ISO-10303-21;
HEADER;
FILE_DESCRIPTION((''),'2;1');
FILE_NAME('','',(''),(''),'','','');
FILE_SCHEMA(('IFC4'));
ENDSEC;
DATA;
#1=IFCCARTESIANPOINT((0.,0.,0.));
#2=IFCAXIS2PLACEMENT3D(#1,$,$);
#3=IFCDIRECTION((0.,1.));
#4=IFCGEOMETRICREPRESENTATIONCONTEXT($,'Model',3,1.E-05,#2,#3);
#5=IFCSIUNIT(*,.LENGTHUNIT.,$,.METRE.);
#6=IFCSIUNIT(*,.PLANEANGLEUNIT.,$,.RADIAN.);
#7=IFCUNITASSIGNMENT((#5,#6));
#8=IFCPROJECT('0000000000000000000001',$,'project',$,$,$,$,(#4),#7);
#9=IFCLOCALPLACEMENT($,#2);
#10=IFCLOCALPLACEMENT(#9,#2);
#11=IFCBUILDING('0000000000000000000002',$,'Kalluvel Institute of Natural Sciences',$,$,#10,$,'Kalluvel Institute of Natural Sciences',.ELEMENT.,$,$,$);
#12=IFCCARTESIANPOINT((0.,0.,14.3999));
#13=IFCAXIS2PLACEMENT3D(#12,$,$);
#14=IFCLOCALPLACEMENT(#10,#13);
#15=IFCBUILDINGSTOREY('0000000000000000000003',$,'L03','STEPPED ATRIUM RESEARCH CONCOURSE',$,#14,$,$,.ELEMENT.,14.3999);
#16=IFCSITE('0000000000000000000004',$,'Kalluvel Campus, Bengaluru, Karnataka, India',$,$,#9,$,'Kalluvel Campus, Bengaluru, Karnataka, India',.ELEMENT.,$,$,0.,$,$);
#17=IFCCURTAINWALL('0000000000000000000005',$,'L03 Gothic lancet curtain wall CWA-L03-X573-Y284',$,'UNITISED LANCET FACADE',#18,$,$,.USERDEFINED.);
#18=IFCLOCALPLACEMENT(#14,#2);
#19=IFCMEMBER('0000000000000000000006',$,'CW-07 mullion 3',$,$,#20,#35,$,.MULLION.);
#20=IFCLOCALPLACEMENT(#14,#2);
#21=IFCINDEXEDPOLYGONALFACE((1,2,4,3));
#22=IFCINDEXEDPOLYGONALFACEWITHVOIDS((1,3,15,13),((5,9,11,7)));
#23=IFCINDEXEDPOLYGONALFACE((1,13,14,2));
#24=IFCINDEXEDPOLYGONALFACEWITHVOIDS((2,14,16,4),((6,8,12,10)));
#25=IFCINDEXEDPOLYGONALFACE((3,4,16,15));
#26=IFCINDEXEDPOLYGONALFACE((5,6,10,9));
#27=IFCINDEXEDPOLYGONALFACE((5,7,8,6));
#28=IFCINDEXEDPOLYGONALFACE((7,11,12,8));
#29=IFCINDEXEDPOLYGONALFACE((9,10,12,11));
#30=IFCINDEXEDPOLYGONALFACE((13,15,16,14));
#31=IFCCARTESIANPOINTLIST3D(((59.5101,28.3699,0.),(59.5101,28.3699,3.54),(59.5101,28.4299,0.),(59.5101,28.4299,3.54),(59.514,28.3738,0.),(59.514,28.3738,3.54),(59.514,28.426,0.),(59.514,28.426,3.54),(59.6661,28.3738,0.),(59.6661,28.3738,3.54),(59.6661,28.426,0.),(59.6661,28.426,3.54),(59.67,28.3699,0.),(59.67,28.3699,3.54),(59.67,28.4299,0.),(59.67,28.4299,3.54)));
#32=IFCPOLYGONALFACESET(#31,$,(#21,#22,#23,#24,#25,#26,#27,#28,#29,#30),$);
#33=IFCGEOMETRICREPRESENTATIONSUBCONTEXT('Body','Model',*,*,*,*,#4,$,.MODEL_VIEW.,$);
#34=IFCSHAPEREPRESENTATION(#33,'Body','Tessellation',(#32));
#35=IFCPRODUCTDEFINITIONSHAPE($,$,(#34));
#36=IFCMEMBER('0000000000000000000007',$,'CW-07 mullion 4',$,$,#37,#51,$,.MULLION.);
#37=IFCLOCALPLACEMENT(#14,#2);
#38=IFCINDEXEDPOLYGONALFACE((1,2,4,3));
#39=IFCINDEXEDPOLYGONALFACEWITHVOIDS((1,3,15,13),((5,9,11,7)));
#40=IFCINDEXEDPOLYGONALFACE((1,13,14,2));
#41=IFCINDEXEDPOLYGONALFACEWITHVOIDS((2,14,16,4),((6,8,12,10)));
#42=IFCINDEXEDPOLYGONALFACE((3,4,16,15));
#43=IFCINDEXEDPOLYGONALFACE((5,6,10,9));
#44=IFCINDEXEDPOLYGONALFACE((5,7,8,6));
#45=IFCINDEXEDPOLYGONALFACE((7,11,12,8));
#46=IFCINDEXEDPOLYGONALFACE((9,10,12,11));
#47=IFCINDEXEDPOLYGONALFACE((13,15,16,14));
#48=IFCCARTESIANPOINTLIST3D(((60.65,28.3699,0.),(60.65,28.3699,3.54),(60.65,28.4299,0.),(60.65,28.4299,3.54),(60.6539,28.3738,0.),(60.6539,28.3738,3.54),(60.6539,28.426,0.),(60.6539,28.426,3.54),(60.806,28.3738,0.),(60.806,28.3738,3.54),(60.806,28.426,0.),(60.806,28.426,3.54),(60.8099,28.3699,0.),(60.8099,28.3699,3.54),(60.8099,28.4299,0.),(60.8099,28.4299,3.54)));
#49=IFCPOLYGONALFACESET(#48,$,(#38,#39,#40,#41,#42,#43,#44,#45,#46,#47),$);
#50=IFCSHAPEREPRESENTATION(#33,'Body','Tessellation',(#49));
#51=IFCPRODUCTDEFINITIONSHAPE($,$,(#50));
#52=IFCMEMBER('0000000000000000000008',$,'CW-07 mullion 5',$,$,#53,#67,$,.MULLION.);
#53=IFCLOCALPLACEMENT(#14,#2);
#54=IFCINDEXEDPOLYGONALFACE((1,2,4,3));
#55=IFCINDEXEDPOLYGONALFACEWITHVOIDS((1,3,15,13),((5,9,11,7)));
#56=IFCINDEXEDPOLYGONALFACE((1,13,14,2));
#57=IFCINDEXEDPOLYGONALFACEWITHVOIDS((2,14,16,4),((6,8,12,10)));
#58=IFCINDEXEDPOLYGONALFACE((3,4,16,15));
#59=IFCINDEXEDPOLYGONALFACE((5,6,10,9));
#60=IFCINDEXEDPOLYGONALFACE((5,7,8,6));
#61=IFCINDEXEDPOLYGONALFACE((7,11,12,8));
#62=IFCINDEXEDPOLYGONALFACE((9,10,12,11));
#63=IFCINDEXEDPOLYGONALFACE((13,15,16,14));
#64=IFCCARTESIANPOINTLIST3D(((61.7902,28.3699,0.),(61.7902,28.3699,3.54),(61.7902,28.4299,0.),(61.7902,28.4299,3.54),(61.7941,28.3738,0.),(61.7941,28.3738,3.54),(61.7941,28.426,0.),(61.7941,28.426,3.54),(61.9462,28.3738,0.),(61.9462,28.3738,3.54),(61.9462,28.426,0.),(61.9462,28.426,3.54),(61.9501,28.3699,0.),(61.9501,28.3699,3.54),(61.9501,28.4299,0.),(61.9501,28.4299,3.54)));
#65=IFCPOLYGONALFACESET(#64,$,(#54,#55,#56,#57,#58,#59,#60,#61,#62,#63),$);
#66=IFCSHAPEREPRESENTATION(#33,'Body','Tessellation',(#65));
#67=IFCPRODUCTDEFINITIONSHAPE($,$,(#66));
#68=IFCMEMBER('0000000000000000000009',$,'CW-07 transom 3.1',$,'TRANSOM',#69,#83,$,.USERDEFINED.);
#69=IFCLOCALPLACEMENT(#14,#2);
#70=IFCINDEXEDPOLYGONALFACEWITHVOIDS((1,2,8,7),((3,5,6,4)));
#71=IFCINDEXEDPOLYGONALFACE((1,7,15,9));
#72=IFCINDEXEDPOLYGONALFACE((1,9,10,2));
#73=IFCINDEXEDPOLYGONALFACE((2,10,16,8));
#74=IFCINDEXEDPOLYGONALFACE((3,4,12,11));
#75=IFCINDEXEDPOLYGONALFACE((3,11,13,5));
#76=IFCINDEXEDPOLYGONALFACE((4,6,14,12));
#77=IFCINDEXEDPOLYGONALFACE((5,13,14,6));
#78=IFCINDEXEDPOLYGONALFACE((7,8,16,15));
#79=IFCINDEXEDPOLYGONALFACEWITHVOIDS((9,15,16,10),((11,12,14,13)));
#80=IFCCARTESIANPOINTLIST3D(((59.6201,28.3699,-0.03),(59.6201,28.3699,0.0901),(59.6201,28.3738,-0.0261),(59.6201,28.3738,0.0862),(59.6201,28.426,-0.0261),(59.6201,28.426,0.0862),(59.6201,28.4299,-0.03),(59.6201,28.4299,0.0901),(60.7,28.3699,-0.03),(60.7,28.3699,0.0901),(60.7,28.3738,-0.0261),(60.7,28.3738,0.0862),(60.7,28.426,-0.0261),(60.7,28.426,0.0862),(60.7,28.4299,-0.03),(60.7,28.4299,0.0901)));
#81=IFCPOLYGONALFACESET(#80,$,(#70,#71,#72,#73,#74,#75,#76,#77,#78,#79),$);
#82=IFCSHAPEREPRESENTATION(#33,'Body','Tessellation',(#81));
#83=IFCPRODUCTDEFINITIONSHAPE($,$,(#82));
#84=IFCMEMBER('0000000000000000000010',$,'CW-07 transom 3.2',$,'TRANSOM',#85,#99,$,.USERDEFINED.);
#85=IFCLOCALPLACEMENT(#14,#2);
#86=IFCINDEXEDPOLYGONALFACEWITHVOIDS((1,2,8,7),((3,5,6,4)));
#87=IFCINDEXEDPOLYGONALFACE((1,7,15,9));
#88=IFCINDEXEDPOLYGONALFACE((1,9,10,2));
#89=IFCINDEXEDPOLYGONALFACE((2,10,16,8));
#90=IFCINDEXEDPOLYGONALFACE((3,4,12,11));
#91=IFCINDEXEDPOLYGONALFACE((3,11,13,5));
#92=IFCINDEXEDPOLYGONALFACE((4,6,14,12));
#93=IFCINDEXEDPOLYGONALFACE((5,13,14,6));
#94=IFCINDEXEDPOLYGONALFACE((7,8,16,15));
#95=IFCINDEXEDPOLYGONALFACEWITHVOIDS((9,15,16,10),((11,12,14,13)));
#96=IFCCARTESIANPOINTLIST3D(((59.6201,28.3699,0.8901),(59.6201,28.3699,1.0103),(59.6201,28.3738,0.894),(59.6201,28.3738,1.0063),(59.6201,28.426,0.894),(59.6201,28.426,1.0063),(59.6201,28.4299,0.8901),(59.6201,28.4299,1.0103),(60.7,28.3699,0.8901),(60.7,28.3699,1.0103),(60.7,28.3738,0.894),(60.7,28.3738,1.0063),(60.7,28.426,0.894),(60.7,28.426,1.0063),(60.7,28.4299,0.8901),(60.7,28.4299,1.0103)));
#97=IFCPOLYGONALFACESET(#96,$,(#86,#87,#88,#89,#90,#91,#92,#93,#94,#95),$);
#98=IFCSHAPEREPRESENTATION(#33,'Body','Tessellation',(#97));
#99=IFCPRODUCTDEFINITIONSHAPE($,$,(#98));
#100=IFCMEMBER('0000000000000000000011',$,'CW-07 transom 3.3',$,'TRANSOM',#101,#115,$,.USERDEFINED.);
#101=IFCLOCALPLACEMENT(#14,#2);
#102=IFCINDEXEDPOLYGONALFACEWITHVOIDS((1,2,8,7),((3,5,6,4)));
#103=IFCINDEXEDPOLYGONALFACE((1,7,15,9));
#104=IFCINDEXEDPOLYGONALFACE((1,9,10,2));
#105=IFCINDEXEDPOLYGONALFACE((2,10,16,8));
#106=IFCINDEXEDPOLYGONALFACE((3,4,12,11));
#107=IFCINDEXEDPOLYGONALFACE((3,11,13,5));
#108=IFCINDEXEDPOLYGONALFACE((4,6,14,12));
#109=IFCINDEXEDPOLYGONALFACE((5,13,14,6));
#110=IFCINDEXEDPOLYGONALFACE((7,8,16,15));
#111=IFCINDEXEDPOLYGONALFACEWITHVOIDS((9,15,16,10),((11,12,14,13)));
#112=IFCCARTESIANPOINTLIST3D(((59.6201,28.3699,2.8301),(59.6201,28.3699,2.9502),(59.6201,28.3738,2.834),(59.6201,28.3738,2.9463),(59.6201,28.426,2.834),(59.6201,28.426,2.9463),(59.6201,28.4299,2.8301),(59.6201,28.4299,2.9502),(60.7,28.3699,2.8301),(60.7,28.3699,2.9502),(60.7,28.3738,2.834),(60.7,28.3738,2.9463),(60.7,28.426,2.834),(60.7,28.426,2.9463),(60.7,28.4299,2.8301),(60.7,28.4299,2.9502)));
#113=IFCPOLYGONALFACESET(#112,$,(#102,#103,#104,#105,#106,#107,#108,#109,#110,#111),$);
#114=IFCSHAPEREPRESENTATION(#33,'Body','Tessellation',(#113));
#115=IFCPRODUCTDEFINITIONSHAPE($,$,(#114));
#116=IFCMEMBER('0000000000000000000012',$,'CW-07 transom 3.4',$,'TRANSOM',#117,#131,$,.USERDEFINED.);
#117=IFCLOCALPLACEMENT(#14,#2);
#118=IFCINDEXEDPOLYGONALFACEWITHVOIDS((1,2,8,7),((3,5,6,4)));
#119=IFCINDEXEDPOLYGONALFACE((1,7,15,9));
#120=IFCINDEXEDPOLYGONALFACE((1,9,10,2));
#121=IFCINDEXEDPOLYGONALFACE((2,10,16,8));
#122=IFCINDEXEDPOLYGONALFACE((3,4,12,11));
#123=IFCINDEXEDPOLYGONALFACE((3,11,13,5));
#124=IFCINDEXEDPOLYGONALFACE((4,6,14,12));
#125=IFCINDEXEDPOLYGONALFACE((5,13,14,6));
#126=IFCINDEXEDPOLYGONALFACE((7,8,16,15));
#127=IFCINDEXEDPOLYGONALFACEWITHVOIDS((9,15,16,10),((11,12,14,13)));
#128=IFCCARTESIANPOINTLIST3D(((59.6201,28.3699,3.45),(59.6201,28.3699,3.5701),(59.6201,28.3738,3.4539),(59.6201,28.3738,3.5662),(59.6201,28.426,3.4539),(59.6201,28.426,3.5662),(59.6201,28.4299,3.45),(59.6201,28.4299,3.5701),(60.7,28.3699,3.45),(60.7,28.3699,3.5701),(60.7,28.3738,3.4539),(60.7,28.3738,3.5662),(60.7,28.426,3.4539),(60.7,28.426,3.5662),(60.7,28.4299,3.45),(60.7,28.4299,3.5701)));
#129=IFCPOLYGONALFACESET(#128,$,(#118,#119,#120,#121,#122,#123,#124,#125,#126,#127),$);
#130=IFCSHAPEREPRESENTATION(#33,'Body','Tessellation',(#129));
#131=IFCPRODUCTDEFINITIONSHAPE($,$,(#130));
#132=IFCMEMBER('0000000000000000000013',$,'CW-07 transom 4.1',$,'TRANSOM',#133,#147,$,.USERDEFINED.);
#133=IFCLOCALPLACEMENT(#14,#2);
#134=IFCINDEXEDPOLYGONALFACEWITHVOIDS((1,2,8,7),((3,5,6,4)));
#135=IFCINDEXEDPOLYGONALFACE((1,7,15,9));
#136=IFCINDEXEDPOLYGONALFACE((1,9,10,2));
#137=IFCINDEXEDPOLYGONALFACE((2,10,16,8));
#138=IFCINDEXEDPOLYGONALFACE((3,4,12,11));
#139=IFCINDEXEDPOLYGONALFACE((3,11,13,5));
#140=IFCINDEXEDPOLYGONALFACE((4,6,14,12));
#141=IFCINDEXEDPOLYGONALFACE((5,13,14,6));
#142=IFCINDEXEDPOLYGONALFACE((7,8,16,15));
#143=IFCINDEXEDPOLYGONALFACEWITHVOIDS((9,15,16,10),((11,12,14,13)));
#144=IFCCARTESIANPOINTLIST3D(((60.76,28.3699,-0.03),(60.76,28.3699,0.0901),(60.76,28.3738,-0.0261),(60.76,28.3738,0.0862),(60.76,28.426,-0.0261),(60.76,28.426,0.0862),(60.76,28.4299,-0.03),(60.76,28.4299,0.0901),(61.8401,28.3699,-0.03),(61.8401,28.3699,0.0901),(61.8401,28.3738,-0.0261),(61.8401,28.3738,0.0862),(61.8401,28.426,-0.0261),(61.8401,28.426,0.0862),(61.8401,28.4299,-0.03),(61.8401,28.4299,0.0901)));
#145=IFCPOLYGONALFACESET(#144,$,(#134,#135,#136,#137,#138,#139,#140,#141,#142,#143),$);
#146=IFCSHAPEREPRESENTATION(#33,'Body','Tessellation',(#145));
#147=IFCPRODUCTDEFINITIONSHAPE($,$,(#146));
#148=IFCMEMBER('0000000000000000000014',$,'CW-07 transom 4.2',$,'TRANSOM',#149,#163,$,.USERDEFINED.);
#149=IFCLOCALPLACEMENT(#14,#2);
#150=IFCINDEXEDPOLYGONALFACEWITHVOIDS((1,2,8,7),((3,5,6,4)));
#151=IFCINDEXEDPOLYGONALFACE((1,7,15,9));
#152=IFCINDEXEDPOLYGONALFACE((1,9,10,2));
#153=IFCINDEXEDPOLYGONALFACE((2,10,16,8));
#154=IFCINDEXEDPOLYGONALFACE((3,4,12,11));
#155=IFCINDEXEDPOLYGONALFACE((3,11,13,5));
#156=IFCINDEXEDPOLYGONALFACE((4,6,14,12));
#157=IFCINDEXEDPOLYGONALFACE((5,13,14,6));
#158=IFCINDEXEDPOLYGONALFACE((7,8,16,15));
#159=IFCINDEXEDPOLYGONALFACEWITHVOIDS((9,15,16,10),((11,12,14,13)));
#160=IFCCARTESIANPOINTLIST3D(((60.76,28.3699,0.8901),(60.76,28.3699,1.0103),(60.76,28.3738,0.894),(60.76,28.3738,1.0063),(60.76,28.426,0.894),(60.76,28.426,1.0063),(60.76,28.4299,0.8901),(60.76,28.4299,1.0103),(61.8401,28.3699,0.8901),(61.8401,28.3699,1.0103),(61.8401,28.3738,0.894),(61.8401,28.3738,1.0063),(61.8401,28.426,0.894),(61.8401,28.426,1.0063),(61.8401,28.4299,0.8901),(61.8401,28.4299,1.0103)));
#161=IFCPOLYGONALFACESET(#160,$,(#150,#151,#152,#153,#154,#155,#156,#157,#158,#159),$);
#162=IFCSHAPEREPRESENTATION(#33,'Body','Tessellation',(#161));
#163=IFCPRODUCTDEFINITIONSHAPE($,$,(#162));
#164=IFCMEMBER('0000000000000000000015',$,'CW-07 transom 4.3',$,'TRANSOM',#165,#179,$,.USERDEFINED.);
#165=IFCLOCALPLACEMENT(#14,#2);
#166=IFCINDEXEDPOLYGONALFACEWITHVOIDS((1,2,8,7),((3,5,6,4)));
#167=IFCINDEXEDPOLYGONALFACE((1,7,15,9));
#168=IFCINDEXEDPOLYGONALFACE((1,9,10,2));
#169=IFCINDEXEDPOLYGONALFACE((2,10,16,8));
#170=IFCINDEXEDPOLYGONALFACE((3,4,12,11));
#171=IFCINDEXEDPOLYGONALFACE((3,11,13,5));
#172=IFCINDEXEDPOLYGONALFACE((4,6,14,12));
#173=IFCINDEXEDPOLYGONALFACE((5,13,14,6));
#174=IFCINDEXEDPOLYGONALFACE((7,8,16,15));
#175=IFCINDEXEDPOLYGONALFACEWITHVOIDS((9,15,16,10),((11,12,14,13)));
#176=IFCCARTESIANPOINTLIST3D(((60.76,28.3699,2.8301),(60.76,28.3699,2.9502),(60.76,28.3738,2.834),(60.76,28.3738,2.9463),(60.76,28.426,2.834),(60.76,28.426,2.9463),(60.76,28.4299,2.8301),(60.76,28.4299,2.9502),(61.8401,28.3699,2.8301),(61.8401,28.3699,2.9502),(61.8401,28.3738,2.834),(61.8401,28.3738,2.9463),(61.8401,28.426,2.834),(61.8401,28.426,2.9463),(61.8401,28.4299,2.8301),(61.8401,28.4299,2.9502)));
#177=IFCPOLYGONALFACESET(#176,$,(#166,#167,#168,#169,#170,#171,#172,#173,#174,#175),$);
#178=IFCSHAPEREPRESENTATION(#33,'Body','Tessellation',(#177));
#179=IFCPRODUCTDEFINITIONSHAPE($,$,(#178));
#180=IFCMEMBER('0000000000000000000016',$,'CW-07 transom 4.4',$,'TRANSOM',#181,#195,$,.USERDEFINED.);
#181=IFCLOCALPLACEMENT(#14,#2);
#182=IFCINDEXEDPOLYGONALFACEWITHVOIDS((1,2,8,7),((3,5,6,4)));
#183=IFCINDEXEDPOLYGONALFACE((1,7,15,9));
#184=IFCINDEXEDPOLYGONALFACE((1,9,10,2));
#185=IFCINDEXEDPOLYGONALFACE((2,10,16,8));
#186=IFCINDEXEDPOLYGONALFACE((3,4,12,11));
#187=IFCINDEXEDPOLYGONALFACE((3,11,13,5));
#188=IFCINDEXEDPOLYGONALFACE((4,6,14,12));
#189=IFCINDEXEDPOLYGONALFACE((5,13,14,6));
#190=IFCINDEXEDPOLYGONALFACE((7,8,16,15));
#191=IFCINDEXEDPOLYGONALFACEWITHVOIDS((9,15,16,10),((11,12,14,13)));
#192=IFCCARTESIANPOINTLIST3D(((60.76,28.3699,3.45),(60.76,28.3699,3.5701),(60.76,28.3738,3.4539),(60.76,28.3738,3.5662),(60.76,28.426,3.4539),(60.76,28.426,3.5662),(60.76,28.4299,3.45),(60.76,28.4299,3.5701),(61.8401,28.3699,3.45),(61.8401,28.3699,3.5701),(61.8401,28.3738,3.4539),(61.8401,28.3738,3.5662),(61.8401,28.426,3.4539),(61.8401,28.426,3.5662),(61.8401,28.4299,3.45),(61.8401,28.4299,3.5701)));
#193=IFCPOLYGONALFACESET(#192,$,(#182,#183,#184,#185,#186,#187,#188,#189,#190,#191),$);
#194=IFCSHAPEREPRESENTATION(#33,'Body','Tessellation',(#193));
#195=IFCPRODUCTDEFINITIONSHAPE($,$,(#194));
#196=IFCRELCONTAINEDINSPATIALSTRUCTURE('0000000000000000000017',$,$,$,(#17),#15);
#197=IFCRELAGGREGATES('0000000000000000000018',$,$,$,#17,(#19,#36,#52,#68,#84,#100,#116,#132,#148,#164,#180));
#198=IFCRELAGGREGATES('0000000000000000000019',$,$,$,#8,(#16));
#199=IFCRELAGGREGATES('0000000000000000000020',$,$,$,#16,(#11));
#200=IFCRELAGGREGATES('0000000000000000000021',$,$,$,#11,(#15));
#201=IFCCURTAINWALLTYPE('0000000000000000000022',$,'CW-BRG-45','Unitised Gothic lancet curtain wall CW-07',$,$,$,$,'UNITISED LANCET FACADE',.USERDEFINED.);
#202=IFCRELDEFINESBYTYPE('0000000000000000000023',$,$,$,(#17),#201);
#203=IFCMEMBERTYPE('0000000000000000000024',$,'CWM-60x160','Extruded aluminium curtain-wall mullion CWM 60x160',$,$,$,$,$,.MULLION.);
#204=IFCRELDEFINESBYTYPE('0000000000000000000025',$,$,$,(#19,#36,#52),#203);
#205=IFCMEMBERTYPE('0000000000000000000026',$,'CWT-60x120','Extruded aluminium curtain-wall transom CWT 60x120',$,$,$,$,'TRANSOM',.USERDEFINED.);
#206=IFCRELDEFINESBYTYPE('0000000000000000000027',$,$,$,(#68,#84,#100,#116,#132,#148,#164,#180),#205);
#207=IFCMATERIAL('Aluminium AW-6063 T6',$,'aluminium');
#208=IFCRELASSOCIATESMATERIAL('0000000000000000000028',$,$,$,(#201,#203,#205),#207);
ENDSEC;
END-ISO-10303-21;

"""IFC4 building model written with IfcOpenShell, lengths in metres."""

from ifc_helpers import new_model, si_unit, direction, frame, origin, origin_2d, place, context, subcontext, project, spatial, hollow_rectangle, extrude, material, material_profile, profile_set, type_object, element, aggregate, save


model = new_model("IFC4")

# Units and contexts
model_context = context("Model", 3, precision=1e-05, world=origin(), true_north=direction((0.0, 1.0)))
body_context = subcontext(model_context, "Body", "Model", "MODEL_VIEW")
ifc_project = project(units=[si_unit("LENGTHUNIT", "METRE"), si_unit("PLANEANGLEUNIT", "RADIAN")], contexts=[model_context])

# Site, building, storey
site_placement = place(None, origin())
site = spatial("IfcSite", under=ifc_project, at=site_placement, Name="Kalluvel Campus, Bengaluru, Karnataka, India", LongName="Kalluvel Campus, Bengaluru, Karnataka, India", CompositionType="ELEMENT", RefElevation=0.0)
building_placement = place(site_placement, origin())
building = spatial("IfcBuilding", under=site, at=building_placement, Name="Kalluvel Institute of Natural Sciences", LongName="Kalluvel Institute of Natural Sciences", CompositionType="ELEMENT")
storey_placement = place(building_placement, frame((0.0, 0.0, 14.3999)))
storey = spatial("IfcBuildingStorey", under=building, at=storey_placement, Name="L03", Description="STEPPED ATRIUM RESEARCH CONCOURSE", CompositionType="ELEMENT", Elevation=14.3999)

# Curtain wall, members
ifc_material_1 = material(Name="Aluminium AW-6063 T6", Category="aluminium")
curtain_wall_type = type_object("IfcCurtainWallType", Name="CW-BRG-45", Description="Unitised Gothic lancet curtain wall CW-07", ElementType="UNITISED LANCET FACADE", PredefinedType="USERDEFINED", material=ifc_material_1)
curtain_wall_placement = place(storey_placement, origin())
curtain_wall = element("IfcCurtainWall", 1, at=curtain_wall_placement, inside=storey, type_object=curtain_wall_type, Name="L03 Gothic lancet curtain wall CWA-L03-X573-Y284", ObjectType="UNITISED LANCET FACADE", PredefinedType="USERDEFINED")
ifc_material_profile_1 = material_profile(ifc_material_1, hollow_rectangle(XDim=0.0601, YDim=0.1599, WallThickness=0.0039, at=origin_2d()), Name="CWM 60x160")
ifc_profile_set_1 = profile_set([ifc_material_profile_1], Name="Aluminium AW-6063 T6")
member_type_1 = type_object("IfcMemberType", Name="CWM-60x160", Description="Extruded aluminium curtain-wall mullion CWM 60x160", PredefinedType="MULLION", material=ifc_profile_set_1)
member_1_placement = place(storey_placement, frame((59.5901, 28.3999, 0.0), z_axis=(0.0, 0.0, 1.0), x_axis=(0.0, 1.0, 0.0)))
member_1 = element("IfcMember", 2, at=member_1_placement, type_object=member_type_1, Name="CW-07 mullion 3", PredefinedType="MULLION", context=body_context, shape_type="SweptSolid", body=[
    extrude(hollow_rectangle(XDim=0.0601, YDim=0.1599, WallThickness=0.0039, at=origin_2d()), origin(), (0.0, 0.0, 1.0), 3.54),
])
member_2_placement = place(storey_placement, frame((60.73, 28.3999, 0.0), z_axis=(0.0, 0.0, 1.0), x_axis=(0.0, 1.0, 0.0)))
member_2 = element("IfcMember", 3, at=member_2_placement, type_object=member_type_1, Name="CW-07 mullion 4", PredefinedType="MULLION", context=body_context, shape_type="SweptSolid", body=[
    extrude(hollow_rectangle(XDim=0.0601, YDim=0.1599, WallThickness=0.0039, at=origin_2d()), origin(), (0.0, 0.0, 1.0), 3.54),
])
member_3_placement = place(storey_placement, frame((61.8701, 28.3999, 0.0), z_axis=(0.0, 0.0, 1.0), x_axis=(0.0, 1.0, 0.0)))
member_3 = element("IfcMember", 4, at=member_3_placement, type_object=member_type_1, Name="CW-07 mullion 5", PredefinedType="MULLION", context=body_context, shape_type="SweptSolid", body=[
    extrude(hollow_rectangle(XDim=0.0601, YDim=0.1599, WallThickness=0.0039, at=origin_2d()), origin(), (0.0, 0.0, 1.0), 3.54),
])
ifc_material_profile_2 = material_profile(ifc_material_1, hollow_rectangle(XDim=0.0601, YDim=0.1201, WallThickness=0.0039, at=origin_2d()), Name="CWT 60x120")
ifc_profile_set_2 = profile_set([ifc_material_profile_2], Name="Aluminium AW-6063 T6")
member_type_2 = type_object("IfcMemberType", Name="CWT-60x120", Description="Extruded aluminium curtain-wall transom CWT 60x120", ElementType="TRANSOM", PredefinedType="USERDEFINED", material=ifc_profile_set_2)
member_4_placement = place(storey_placement, frame((59.6201, 28.3999, 0.03), z_axis=(1.0, 0.0, 0.0), x_axis=(0.0, 1.0, 0.0)))
member_4 = element("IfcMember", 5, at=member_4_placement, type_object=member_type_2, Name="CW-07 transom 3.1", ObjectType="TRANSOM", PredefinedType="USERDEFINED", context=body_context, shape_type="SweptSolid", body=[
    extrude(hollow_rectangle(XDim=0.0601, YDim=0.1201, WallThickness=0.0039, at=origin_2d()), origin(), (0.0, 0.0, 1.0), 1.0798),
])
member_5_placement = place(storey_placement, frame((59.6201, 28.3999, 0.9502), z_axis=(1.0, 0.0, 0.0), x_axis=(0.0, 1.0, 0.0)))
member_5 = element("IfcMember", 6, at=member_5_placement, type_object=member_type_2, Name="CW-07 transom 3.2", ObjectType="TRANSOM", PredefinedType="USERDEFINED", context=body_context, shape_type="SweptSolid", body=[
    extrude(hollow_rectangle(XDim=0.0601, YDim=0.1201, WallThickness=0.0039, at=origin_2d()), origin(), (0.0, 0.0, 1.0), 1.0798),
])
member_6_placement = place(storey_placement, frame((59.6201, 28.3999, 2.8901), z_axis=(1.0, 0.0, 0.0), x_axis=(0.0, 1.0, 0.0)))
member_6 = element("IfcMember", 7, at=member_6_placement, type_object=member_type_2, Name="CW-07 transom 3.3", ObjectType="TRANSOM", PredefinedType="USERDEFINED", context=body_context, shape_type="SweptSolid", body=[
    extrude(hollow_rectangle(XDim=0.0601, YDim=0.1201, WallThickness=0.0039, at=origin_2d()), origin(), (0.0, 0.0, 1.0), 1.0798),
])
member_7_placement = place(storey_placement, frame((59.6201, 28.3999, 3.51), z_axis=(1.0, 0.0, 0.0), x_axis=(0.0, 1.0, 0.0)))
member_7 = element("IfcMember", 8, at=member_7_placement, type_object=member_type_2, Name="CW-07 transom 3.4", ObjectType="TRANSOM", PredefinedType="USERDEFINED", context=body_context, shape_type="SweptSolid", body=[
    extrude(hollow_rectangle(XDim=0.0601, YDim=0.1201, WallThickness=0.0039, at=origin_2d()), origin(), (0.0, 0.0, 1.0), 1.0798),
])
member_8_placement = place(storey_placement, frame((60.76, 28.3999, 0.03), z_axis=(1.0, 0.0, 0.0), x_axis=(0.0, 1.0, 0.0)))
member_8 = element("IfcMember", 9, at=member_8_placement, type_object=member_type_2, Name="CW-07 transom 4.1", ObjectType="TRANSOM", PredefinedType="USERDEFINED", context=body_context, shape_type="SweptSolid", body=[
    extrude(hollow_rectangle(XDim=0.0601, YDim=0.1201, WallThickness=0.0039, at=origin_2d()), origin(), (0.0, 0.0, 1.0), 1.0801),
])
member_9_placement = place(storey_placement, frame((60.76, 28.3999, 0.9502), z_axis=(1.0, 0.0, 0.0), x_axis=(0.0, 1.0, 0.0)))
member_9 = element("IfcMember", 10, at=member_9_placement, type_object=member_type_2, Name="CW-07 transom 4.2", ObjectType="TRANSOM", PredefinedType="USERDEFINED", context=body_context, shape_type="SweptSolid", body=[
    extrude(hollow_rectangle(XDim=0.0601, YDim=0.1201, WallThickness=0.0039, at=origin_2d()), origin(), (0.0, 0.0, 1.0), 1.0801),
])
member_10_placement = place(storey_placement, frame((60.76, 28.3999, 2.8901), z_axis=(1.0, 0.0, 0.0), x_axis=(0.0, 1.0, 0.0)))
member_10 = element("IfcMember", 11, at=member_10_placement, type_object=member_type_2, Name="CW-07 transom 4.3", ObjectType="TRANSOM", PredefinedType="USERDEFINED", context=body_context, shape_type="SweptSolid", body=[
    extrude(hollow_rectangle(XDim=0.0601, YDim=0.1201, WallThickness=0.0039, at=origin_2d()), origin(), (0.0, 0.0, 1.0), 1.0801),
])
member_11_placement = place(storey_placement, frame((60.76, 28.3999, 3.51), z_axis=(1.0, 0.0, 0.0), x_axis=(0.0, 1.0, 0.0)))
member_11 = element("IfcMember", 12, at=member_11_placement, type_object=member_type_2, Name="CW-07 transom 4.4", ObjectType="TRANSOM", PredefinedType="USERDEFINED", context=body_context, shape_type="SweptSolid", body=[
    extrude(hollow_rectangle(XDim=0.0601, YDim=0.1201, WallThickness=0.0039, at=origin_2d()), origin(), (0.0, 0.0, 1.0), 1.0801),
])
aggregate(curtain_wall, [member_1, member_2, member_3, member_4, member_5, member_6, member_7, member_8, member_9, member_10, member_11])

save(model, "model.ifc")
